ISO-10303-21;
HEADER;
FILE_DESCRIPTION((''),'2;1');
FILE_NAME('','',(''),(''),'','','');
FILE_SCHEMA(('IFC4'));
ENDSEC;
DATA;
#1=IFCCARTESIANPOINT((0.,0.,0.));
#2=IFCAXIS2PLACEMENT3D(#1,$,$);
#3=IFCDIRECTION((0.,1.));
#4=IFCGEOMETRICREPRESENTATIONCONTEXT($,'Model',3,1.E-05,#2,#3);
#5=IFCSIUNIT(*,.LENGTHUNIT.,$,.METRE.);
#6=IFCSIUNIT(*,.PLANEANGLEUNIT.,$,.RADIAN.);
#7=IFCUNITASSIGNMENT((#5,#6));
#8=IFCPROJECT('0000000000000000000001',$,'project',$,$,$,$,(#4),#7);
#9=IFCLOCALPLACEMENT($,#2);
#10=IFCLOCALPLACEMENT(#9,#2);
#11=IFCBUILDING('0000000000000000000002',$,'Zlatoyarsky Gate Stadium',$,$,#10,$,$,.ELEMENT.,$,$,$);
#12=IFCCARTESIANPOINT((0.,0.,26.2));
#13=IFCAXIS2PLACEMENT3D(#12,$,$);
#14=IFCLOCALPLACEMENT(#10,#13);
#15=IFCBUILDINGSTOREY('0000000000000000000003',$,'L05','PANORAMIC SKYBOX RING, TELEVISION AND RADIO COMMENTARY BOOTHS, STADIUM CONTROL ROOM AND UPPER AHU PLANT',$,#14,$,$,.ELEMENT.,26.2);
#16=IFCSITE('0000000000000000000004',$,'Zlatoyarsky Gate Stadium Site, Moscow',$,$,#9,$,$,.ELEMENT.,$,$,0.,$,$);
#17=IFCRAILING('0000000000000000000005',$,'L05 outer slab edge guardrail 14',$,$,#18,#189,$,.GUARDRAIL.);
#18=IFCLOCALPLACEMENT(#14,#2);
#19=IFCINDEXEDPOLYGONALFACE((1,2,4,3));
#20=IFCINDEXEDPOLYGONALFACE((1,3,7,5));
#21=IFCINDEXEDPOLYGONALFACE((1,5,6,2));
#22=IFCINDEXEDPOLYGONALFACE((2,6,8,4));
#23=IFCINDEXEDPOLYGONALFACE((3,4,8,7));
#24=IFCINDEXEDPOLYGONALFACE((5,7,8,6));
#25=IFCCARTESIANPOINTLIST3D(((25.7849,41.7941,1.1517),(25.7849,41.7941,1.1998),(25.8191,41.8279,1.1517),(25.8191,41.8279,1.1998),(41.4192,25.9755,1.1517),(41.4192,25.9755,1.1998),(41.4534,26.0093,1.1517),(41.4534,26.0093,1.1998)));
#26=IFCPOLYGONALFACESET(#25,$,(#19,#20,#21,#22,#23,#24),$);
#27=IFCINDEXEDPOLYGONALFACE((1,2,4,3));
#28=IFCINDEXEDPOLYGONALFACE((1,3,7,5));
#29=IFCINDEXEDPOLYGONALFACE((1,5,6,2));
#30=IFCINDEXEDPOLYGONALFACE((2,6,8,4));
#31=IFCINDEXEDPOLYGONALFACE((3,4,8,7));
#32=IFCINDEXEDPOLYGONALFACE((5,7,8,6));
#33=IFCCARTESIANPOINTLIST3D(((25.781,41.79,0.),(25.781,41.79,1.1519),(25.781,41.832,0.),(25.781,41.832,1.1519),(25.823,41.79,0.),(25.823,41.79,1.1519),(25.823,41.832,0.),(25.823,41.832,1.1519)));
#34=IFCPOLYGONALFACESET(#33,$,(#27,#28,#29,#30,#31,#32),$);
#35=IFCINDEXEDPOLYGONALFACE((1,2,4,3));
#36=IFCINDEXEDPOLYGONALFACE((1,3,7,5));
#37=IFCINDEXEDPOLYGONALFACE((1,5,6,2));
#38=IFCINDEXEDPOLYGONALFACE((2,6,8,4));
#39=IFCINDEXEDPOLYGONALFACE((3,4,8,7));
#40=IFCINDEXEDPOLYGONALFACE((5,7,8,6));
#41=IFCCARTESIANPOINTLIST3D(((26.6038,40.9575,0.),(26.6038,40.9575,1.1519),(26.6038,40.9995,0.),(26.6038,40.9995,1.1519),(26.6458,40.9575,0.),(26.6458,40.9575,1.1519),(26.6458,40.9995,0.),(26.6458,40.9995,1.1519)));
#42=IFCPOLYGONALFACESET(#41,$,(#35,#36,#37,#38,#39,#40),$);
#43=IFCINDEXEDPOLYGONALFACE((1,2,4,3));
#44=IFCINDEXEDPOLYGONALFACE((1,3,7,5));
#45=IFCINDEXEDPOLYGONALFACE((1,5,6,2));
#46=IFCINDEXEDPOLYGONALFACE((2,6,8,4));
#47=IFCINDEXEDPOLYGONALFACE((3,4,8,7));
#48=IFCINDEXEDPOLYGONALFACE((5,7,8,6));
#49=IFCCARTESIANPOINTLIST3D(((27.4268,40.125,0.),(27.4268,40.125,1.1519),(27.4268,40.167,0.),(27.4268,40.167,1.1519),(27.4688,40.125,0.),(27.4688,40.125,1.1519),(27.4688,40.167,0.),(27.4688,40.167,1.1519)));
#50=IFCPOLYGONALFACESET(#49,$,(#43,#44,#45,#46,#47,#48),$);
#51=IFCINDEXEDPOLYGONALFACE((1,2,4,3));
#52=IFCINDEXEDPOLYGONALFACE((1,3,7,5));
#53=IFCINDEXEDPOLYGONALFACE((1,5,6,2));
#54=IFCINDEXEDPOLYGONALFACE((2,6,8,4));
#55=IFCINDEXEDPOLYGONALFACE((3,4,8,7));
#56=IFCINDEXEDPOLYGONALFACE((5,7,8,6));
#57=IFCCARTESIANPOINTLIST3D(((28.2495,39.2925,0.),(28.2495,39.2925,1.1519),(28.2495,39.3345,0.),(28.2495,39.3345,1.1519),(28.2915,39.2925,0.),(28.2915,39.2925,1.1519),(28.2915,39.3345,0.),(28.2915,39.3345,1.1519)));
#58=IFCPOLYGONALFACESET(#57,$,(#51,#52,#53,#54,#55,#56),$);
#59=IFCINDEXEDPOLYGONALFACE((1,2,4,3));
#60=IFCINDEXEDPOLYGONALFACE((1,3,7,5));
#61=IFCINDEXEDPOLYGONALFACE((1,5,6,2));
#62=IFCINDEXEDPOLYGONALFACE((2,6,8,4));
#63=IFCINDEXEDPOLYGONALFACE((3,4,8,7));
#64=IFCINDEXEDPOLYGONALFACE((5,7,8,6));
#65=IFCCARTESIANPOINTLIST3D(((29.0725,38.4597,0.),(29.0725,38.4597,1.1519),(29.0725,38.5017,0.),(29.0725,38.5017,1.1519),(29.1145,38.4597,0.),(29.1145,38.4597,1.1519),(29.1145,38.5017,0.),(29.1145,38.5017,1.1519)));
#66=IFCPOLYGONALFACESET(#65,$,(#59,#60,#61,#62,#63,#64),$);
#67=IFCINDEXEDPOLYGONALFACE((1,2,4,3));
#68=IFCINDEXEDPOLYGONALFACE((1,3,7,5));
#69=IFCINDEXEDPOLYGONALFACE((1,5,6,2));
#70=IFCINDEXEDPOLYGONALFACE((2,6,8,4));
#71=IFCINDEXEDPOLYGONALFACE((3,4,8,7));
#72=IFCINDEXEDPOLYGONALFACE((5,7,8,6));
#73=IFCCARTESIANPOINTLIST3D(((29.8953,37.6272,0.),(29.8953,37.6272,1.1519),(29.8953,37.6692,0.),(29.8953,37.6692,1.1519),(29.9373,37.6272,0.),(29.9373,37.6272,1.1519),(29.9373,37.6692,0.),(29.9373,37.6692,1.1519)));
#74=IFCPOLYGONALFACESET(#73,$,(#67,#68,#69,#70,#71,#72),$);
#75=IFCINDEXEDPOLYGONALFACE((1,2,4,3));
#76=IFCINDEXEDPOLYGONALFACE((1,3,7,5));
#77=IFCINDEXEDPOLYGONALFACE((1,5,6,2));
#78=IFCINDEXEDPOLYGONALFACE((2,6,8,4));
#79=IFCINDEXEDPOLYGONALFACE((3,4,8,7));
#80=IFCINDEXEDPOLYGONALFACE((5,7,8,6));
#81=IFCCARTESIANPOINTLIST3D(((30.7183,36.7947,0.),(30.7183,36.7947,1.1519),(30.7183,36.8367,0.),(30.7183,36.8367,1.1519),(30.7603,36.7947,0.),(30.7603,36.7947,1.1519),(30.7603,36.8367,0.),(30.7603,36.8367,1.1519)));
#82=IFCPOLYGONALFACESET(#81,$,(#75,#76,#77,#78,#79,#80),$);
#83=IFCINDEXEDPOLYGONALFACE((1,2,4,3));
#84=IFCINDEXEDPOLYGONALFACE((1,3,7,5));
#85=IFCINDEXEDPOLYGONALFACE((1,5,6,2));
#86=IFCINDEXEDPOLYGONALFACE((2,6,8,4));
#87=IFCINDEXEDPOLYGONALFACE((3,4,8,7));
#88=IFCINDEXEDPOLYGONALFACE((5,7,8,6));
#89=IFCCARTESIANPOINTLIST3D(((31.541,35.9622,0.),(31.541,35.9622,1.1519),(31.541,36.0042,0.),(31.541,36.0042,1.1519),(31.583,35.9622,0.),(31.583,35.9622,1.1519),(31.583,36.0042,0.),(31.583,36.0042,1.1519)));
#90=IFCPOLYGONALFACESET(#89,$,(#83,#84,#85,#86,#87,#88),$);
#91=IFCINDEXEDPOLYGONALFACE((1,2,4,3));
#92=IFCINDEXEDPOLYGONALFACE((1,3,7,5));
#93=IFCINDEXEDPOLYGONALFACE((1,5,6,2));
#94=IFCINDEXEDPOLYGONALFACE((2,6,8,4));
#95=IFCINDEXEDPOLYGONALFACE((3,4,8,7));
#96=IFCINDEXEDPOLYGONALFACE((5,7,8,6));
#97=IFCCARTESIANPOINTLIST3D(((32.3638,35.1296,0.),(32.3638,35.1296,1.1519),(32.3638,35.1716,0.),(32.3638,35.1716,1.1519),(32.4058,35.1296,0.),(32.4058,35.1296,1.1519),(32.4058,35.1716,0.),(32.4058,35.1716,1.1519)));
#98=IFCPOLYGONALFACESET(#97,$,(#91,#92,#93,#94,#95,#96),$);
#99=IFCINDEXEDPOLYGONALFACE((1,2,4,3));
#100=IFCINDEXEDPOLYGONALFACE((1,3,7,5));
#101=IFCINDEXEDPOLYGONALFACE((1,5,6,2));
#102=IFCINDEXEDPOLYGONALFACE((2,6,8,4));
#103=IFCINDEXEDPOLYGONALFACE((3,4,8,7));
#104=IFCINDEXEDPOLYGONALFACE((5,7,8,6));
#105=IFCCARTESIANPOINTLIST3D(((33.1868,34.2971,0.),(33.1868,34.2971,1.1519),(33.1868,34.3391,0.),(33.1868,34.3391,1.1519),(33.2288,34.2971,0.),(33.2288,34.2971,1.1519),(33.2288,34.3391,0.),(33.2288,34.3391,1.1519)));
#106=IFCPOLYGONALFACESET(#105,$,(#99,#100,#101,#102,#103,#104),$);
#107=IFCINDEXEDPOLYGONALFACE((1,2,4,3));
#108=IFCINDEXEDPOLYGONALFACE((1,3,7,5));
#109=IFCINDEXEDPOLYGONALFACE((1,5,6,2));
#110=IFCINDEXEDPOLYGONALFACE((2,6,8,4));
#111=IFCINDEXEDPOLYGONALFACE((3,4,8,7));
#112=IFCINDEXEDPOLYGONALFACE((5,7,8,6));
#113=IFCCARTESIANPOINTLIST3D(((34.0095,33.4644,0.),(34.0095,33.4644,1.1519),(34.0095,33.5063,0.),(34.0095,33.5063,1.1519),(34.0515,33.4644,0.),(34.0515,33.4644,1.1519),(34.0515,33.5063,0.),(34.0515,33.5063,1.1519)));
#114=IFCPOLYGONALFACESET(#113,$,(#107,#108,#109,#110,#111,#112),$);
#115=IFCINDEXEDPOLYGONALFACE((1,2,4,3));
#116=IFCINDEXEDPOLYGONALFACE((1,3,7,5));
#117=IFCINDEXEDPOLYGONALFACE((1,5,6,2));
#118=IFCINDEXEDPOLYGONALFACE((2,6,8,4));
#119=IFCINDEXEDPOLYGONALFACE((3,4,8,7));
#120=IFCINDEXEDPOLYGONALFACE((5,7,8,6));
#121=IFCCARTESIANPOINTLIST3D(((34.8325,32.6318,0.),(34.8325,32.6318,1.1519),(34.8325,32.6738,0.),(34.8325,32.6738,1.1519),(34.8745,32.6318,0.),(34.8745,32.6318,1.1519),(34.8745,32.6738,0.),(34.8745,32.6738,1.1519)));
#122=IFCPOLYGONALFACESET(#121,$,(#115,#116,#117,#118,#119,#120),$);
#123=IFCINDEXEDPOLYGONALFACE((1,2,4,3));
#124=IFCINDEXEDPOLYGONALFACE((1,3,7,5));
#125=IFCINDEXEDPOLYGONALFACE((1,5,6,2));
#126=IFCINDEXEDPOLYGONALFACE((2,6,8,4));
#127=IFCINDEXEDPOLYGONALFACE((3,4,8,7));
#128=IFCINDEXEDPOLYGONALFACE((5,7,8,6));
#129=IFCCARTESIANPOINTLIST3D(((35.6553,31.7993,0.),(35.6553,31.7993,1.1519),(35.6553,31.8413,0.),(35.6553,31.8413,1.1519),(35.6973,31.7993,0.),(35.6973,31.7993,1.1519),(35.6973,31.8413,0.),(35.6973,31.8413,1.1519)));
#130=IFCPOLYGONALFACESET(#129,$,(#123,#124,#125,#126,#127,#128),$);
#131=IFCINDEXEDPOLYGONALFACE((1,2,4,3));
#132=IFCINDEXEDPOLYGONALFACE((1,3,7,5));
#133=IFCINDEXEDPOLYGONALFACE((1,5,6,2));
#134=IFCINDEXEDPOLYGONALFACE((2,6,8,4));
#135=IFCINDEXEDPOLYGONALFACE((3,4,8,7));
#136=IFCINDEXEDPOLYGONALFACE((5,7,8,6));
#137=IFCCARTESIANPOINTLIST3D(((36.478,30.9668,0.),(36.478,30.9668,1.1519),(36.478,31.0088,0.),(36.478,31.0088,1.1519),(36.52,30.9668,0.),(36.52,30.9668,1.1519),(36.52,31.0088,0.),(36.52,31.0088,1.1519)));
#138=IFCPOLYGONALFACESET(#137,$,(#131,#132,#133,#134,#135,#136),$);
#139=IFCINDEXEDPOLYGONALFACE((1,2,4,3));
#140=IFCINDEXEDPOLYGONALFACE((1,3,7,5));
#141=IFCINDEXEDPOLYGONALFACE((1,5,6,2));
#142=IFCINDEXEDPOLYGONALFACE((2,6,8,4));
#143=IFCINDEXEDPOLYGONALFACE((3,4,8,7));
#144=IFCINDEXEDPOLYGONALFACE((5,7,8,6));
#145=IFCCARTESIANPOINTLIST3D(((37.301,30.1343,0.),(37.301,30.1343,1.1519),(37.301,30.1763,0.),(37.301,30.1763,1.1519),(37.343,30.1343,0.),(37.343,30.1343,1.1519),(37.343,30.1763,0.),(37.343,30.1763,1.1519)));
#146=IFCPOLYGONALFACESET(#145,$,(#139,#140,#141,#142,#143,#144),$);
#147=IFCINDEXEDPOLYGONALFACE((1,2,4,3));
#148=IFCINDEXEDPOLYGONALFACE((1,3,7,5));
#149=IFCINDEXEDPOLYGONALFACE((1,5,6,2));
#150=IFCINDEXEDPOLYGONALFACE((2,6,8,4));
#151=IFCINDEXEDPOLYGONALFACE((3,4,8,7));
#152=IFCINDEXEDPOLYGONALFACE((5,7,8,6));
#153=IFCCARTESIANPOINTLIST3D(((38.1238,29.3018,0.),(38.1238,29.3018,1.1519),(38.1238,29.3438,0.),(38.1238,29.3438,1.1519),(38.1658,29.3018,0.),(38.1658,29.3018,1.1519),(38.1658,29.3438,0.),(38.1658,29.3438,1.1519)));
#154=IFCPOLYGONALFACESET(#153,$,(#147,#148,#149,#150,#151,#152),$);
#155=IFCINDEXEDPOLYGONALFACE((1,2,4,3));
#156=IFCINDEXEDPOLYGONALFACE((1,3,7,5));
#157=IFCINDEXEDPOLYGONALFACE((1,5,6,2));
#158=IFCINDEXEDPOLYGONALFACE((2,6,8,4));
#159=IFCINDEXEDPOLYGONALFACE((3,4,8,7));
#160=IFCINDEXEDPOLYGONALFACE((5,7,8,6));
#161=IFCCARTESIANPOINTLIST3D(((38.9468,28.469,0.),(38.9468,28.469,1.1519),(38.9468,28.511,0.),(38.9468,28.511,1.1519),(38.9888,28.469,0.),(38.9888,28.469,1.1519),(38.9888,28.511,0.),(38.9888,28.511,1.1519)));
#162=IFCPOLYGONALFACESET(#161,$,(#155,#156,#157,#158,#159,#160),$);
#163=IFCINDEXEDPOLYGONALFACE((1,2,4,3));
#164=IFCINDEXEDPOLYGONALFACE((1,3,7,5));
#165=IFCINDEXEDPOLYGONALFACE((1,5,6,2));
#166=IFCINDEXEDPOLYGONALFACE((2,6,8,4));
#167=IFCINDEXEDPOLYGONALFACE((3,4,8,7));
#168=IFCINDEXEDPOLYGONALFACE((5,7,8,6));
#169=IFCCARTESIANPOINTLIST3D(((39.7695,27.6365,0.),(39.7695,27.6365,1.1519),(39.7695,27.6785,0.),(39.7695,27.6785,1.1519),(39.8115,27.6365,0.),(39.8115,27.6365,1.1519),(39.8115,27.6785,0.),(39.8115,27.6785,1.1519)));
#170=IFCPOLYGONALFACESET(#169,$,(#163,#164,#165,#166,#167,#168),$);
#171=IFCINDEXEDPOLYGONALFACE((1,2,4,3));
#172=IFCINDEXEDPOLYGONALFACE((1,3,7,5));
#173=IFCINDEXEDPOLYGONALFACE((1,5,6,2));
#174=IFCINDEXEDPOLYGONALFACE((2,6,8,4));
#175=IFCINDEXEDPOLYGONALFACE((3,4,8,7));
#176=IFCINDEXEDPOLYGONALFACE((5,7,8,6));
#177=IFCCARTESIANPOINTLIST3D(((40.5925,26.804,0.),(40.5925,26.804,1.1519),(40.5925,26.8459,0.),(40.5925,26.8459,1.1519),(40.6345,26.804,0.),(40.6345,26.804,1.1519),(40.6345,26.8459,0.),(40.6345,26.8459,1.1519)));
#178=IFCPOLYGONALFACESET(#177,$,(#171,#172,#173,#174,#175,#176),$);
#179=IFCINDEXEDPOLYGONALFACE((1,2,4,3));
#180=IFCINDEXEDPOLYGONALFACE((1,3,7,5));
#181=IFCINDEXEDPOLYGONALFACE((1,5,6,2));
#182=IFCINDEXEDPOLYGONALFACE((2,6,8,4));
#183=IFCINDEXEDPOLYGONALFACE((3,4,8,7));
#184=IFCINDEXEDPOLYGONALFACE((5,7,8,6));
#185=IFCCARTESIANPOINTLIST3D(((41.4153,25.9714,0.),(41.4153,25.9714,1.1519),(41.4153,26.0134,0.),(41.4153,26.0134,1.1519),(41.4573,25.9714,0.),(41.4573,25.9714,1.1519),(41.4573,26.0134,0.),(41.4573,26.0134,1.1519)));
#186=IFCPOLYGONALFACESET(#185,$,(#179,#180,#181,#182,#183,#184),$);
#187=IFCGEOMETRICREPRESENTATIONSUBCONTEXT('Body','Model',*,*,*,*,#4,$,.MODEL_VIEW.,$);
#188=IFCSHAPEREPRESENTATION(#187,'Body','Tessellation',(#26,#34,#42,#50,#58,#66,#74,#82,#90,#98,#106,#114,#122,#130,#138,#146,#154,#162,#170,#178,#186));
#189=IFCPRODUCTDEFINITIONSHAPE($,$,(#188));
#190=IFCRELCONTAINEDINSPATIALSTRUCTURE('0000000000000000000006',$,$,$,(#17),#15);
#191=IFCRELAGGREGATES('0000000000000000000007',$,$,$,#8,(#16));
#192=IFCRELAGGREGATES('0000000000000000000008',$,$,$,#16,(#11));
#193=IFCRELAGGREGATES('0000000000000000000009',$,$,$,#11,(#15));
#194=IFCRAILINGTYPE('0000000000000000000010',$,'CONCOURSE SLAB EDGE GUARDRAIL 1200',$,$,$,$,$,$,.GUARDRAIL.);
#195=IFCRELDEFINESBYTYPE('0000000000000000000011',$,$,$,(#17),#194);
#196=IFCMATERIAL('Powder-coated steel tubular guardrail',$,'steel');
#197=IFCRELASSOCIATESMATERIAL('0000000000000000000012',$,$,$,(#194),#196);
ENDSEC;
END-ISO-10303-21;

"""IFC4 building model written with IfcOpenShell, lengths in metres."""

from ifc_helpers import new_model, si_unit, direction, frame, origin, origin_2d, place, context, subcontext, project, spatial, rectangle, extrude, material, type_object, element, save


model = new_model("IFC4")

# Units and contexts
model_context = context("Model", 3, precision=1e-05, world=origin(), true_north=direction((0.0, 1.0)))
body_context = subcontext(model_context, "Body", "Model", "MODEL_VIEW")
ifc_project = project(units=[si_unit("LENGTHUNIT", "METRE"), si_unit("PLANEANGLEUNIT", "RADIAN")], contexts=[model_context])

# Site, building, storey
site_placement = place(None, origin())
site = spatial("IfcSite", under=ifc_project, at=site_placement, Name="Zlatoyarsky Gate Stadium Site, Moscow", CompositionType="ELEMENT", RefElevation=0.0)
building_placement = place(site_placement, origin())
building = spatial("IfcBuilding", under=site, at=building_placement, Name="Zlatoyarsky Gate Stadium", CompositionType="ELEMENT")
storey_placement = place(building_placement, frame((0.0, 0.0, 26.2)))
storey = spatial("IfcBuildingStorey", under=building, at=storey_placement, Name="L05", Description="PANORAMIC SKYBOX RING, TELEVISION AND RADIO COMMENTARY BOOTHS, STADIUM CONTROL ROOM AND UPPER AHU PLANT", CompositionType="ELEMENT", Elevation=26.2)

# Railing
ifc_material_1 = material(Name="Powder-coated steel tubular guardrail", Category="steel")
railing_type = type_object("IfcRailingType", Name="CONCOURSE SLAB EDGE GUARDRAIL 1200", PredefinedType="GUARDRAIL", material=ifc_material_1)
railing_placement = place(storey_placement, frame((25.802, 41.811, 0.0)))
element("IfcRailing", 1, at=railing_placement, inside=storey, type_object=railing_type, Name="L05 outer slab edge guardrail 14", PredefinedType="GUARDRAIL", context=body_context, shape_type="SweptSolid", body=[
    extrude(rectangle(XDim=0.0481, YDim=0.0481, at=origin_2d()), frame((0.0, 0.0, 1.1758), z_axis=(0.702951, -0.711238, 0.0), x_axis=(0.711238, 0.702951, 0.0)), (0.0, 0.0, 1.0), 22.241),
    extrude(rectangle(XDim=0.042, YDim=0.042, at=origin_2d()), origin(), (0.0, 0.0, 1.0), 1.1519),
    extrude(rectangle(XDim=0.042, YDim=0.042, at=origin_2d()), frame((0.8228, -0.8325, 0.0)), (0.0, 0.0, 1.0), 1.1519),
    extrude(rectangle(XDim=0.042, YDim=0.042, at=origin_2d()), frame((1.6458, -1.665, 0.0)), (0.0, 0.0, 1.0), 1.1519),
    extrude(rectangle(XDim=0.042, YDim=0.042, at=origin_2d()), frame((2.4685, -2.4976, 0.0)), (0.0, 0.0, 1.0), 1.1519),
    extrude(rectangle(XDim=0.042, YDim=0.042, at=origin_2d()), frame((3.2915, -3.3303, 0.0)), (0.0, 0.0, 1.0), 1.1519),
    extrude(rectangle(XDim=0.042, YDim=0.042, at=origin_2d()), frame((4.1143, -4.1628, 0.0)), (0.0, 0.0, 1.0), 1.1519),
    extrude(rectangle(XDim=0.042, YDim=0.042, at=origin_2d()), frame((4.9373, -4.9954, 0.0)), (0.0, 0.0, 1.0), 1.1519),
    extrude(rectangle(XDim=0.042, YDim=0.042, at=origin_2d()), frame((5.76, -5.8279, 0.0)), (0.0, 0.0, 1.0), 1.1519),
    extrude(rectangle(XDim=0.042, YDim=0.042, at=origin_2d()), frame((6.5828, -6.6604, 0.0)), (0.0, 0.0, 1.0), 1.1519),
    extrude(rectangle(XDim=0.042, YDim=0.042, at=origin_2d()), frame((7.4058, -7.4929, 0.0)), (0.0, 0.0, 1.0), 1.1519),
    extrude(rectangle(XDim=0.042, YDim=0.042, at=origin_2d()), frame((8.2285, -8.3257, 0.0)), (0.0, 0.0, 1.0), 1.1519),
    extrude(rectangle(XDim=0.042, YDim=0.042, at=origin_2d()), frame((9.0515, -9.1582, 0.0)), (0.0, 0.0, 1.0), 1.1519),
    extrude(rectangle(XDim=0.042, YDim=0.042, at=origin_2d()), frame((9.8743, -9.9907, 0.0)), (0.0, 0.0, 1.0), 1.1519),
    extrude(rectangle(XDim=0.042, YDim=0.042, at=origin_2d()), frame((10.697, -10.8232, 0.0)), (0.0, 0.0, 1.0), 1.1519),
    extrude(rectangle(XDim=0.042, YDim=0.042, at=origin_2d()), frame((11.52, -11.6558, 0.0)), (0.0, 0.0, 1.0), 1.1519),
    extrude(rectangle(XDim=0.042, YDim=0.042, at=origin_2d()), frame((12.3428, -12.4883, 0.0)), (0.0, 0.0, 1.0), 1.1519),
    extrude(rectangle(XDim=0.042, YDim=0.042, at=origin_2d()), frame((13.1658, -13.321, 0.0)), (0.0, 0.0, 1.0), 1.1519),
    extrude(rectangle(XDim=0.042, YDim=0.042, at=origin_2d()), frame((13.9885, -14.1536, 0.0)), (0.0, 0.0, 1.0), 1.1519),
    extrude(rectangle(XDim=0.042, YDim=0.042, at=origin_2d()), frame((14.8115, -14.9861, 0.0)), (0.0, 0.0, 1.0), 1.1519),
    extrude(rectangle(XDim=0.042, YDim=0.042, at=origin_2d()), frame((15.6343, -15.8186, 0.0)), (0.0, 0.0, 1.0), 1.1519),
])

save(model, "model.ifc")
